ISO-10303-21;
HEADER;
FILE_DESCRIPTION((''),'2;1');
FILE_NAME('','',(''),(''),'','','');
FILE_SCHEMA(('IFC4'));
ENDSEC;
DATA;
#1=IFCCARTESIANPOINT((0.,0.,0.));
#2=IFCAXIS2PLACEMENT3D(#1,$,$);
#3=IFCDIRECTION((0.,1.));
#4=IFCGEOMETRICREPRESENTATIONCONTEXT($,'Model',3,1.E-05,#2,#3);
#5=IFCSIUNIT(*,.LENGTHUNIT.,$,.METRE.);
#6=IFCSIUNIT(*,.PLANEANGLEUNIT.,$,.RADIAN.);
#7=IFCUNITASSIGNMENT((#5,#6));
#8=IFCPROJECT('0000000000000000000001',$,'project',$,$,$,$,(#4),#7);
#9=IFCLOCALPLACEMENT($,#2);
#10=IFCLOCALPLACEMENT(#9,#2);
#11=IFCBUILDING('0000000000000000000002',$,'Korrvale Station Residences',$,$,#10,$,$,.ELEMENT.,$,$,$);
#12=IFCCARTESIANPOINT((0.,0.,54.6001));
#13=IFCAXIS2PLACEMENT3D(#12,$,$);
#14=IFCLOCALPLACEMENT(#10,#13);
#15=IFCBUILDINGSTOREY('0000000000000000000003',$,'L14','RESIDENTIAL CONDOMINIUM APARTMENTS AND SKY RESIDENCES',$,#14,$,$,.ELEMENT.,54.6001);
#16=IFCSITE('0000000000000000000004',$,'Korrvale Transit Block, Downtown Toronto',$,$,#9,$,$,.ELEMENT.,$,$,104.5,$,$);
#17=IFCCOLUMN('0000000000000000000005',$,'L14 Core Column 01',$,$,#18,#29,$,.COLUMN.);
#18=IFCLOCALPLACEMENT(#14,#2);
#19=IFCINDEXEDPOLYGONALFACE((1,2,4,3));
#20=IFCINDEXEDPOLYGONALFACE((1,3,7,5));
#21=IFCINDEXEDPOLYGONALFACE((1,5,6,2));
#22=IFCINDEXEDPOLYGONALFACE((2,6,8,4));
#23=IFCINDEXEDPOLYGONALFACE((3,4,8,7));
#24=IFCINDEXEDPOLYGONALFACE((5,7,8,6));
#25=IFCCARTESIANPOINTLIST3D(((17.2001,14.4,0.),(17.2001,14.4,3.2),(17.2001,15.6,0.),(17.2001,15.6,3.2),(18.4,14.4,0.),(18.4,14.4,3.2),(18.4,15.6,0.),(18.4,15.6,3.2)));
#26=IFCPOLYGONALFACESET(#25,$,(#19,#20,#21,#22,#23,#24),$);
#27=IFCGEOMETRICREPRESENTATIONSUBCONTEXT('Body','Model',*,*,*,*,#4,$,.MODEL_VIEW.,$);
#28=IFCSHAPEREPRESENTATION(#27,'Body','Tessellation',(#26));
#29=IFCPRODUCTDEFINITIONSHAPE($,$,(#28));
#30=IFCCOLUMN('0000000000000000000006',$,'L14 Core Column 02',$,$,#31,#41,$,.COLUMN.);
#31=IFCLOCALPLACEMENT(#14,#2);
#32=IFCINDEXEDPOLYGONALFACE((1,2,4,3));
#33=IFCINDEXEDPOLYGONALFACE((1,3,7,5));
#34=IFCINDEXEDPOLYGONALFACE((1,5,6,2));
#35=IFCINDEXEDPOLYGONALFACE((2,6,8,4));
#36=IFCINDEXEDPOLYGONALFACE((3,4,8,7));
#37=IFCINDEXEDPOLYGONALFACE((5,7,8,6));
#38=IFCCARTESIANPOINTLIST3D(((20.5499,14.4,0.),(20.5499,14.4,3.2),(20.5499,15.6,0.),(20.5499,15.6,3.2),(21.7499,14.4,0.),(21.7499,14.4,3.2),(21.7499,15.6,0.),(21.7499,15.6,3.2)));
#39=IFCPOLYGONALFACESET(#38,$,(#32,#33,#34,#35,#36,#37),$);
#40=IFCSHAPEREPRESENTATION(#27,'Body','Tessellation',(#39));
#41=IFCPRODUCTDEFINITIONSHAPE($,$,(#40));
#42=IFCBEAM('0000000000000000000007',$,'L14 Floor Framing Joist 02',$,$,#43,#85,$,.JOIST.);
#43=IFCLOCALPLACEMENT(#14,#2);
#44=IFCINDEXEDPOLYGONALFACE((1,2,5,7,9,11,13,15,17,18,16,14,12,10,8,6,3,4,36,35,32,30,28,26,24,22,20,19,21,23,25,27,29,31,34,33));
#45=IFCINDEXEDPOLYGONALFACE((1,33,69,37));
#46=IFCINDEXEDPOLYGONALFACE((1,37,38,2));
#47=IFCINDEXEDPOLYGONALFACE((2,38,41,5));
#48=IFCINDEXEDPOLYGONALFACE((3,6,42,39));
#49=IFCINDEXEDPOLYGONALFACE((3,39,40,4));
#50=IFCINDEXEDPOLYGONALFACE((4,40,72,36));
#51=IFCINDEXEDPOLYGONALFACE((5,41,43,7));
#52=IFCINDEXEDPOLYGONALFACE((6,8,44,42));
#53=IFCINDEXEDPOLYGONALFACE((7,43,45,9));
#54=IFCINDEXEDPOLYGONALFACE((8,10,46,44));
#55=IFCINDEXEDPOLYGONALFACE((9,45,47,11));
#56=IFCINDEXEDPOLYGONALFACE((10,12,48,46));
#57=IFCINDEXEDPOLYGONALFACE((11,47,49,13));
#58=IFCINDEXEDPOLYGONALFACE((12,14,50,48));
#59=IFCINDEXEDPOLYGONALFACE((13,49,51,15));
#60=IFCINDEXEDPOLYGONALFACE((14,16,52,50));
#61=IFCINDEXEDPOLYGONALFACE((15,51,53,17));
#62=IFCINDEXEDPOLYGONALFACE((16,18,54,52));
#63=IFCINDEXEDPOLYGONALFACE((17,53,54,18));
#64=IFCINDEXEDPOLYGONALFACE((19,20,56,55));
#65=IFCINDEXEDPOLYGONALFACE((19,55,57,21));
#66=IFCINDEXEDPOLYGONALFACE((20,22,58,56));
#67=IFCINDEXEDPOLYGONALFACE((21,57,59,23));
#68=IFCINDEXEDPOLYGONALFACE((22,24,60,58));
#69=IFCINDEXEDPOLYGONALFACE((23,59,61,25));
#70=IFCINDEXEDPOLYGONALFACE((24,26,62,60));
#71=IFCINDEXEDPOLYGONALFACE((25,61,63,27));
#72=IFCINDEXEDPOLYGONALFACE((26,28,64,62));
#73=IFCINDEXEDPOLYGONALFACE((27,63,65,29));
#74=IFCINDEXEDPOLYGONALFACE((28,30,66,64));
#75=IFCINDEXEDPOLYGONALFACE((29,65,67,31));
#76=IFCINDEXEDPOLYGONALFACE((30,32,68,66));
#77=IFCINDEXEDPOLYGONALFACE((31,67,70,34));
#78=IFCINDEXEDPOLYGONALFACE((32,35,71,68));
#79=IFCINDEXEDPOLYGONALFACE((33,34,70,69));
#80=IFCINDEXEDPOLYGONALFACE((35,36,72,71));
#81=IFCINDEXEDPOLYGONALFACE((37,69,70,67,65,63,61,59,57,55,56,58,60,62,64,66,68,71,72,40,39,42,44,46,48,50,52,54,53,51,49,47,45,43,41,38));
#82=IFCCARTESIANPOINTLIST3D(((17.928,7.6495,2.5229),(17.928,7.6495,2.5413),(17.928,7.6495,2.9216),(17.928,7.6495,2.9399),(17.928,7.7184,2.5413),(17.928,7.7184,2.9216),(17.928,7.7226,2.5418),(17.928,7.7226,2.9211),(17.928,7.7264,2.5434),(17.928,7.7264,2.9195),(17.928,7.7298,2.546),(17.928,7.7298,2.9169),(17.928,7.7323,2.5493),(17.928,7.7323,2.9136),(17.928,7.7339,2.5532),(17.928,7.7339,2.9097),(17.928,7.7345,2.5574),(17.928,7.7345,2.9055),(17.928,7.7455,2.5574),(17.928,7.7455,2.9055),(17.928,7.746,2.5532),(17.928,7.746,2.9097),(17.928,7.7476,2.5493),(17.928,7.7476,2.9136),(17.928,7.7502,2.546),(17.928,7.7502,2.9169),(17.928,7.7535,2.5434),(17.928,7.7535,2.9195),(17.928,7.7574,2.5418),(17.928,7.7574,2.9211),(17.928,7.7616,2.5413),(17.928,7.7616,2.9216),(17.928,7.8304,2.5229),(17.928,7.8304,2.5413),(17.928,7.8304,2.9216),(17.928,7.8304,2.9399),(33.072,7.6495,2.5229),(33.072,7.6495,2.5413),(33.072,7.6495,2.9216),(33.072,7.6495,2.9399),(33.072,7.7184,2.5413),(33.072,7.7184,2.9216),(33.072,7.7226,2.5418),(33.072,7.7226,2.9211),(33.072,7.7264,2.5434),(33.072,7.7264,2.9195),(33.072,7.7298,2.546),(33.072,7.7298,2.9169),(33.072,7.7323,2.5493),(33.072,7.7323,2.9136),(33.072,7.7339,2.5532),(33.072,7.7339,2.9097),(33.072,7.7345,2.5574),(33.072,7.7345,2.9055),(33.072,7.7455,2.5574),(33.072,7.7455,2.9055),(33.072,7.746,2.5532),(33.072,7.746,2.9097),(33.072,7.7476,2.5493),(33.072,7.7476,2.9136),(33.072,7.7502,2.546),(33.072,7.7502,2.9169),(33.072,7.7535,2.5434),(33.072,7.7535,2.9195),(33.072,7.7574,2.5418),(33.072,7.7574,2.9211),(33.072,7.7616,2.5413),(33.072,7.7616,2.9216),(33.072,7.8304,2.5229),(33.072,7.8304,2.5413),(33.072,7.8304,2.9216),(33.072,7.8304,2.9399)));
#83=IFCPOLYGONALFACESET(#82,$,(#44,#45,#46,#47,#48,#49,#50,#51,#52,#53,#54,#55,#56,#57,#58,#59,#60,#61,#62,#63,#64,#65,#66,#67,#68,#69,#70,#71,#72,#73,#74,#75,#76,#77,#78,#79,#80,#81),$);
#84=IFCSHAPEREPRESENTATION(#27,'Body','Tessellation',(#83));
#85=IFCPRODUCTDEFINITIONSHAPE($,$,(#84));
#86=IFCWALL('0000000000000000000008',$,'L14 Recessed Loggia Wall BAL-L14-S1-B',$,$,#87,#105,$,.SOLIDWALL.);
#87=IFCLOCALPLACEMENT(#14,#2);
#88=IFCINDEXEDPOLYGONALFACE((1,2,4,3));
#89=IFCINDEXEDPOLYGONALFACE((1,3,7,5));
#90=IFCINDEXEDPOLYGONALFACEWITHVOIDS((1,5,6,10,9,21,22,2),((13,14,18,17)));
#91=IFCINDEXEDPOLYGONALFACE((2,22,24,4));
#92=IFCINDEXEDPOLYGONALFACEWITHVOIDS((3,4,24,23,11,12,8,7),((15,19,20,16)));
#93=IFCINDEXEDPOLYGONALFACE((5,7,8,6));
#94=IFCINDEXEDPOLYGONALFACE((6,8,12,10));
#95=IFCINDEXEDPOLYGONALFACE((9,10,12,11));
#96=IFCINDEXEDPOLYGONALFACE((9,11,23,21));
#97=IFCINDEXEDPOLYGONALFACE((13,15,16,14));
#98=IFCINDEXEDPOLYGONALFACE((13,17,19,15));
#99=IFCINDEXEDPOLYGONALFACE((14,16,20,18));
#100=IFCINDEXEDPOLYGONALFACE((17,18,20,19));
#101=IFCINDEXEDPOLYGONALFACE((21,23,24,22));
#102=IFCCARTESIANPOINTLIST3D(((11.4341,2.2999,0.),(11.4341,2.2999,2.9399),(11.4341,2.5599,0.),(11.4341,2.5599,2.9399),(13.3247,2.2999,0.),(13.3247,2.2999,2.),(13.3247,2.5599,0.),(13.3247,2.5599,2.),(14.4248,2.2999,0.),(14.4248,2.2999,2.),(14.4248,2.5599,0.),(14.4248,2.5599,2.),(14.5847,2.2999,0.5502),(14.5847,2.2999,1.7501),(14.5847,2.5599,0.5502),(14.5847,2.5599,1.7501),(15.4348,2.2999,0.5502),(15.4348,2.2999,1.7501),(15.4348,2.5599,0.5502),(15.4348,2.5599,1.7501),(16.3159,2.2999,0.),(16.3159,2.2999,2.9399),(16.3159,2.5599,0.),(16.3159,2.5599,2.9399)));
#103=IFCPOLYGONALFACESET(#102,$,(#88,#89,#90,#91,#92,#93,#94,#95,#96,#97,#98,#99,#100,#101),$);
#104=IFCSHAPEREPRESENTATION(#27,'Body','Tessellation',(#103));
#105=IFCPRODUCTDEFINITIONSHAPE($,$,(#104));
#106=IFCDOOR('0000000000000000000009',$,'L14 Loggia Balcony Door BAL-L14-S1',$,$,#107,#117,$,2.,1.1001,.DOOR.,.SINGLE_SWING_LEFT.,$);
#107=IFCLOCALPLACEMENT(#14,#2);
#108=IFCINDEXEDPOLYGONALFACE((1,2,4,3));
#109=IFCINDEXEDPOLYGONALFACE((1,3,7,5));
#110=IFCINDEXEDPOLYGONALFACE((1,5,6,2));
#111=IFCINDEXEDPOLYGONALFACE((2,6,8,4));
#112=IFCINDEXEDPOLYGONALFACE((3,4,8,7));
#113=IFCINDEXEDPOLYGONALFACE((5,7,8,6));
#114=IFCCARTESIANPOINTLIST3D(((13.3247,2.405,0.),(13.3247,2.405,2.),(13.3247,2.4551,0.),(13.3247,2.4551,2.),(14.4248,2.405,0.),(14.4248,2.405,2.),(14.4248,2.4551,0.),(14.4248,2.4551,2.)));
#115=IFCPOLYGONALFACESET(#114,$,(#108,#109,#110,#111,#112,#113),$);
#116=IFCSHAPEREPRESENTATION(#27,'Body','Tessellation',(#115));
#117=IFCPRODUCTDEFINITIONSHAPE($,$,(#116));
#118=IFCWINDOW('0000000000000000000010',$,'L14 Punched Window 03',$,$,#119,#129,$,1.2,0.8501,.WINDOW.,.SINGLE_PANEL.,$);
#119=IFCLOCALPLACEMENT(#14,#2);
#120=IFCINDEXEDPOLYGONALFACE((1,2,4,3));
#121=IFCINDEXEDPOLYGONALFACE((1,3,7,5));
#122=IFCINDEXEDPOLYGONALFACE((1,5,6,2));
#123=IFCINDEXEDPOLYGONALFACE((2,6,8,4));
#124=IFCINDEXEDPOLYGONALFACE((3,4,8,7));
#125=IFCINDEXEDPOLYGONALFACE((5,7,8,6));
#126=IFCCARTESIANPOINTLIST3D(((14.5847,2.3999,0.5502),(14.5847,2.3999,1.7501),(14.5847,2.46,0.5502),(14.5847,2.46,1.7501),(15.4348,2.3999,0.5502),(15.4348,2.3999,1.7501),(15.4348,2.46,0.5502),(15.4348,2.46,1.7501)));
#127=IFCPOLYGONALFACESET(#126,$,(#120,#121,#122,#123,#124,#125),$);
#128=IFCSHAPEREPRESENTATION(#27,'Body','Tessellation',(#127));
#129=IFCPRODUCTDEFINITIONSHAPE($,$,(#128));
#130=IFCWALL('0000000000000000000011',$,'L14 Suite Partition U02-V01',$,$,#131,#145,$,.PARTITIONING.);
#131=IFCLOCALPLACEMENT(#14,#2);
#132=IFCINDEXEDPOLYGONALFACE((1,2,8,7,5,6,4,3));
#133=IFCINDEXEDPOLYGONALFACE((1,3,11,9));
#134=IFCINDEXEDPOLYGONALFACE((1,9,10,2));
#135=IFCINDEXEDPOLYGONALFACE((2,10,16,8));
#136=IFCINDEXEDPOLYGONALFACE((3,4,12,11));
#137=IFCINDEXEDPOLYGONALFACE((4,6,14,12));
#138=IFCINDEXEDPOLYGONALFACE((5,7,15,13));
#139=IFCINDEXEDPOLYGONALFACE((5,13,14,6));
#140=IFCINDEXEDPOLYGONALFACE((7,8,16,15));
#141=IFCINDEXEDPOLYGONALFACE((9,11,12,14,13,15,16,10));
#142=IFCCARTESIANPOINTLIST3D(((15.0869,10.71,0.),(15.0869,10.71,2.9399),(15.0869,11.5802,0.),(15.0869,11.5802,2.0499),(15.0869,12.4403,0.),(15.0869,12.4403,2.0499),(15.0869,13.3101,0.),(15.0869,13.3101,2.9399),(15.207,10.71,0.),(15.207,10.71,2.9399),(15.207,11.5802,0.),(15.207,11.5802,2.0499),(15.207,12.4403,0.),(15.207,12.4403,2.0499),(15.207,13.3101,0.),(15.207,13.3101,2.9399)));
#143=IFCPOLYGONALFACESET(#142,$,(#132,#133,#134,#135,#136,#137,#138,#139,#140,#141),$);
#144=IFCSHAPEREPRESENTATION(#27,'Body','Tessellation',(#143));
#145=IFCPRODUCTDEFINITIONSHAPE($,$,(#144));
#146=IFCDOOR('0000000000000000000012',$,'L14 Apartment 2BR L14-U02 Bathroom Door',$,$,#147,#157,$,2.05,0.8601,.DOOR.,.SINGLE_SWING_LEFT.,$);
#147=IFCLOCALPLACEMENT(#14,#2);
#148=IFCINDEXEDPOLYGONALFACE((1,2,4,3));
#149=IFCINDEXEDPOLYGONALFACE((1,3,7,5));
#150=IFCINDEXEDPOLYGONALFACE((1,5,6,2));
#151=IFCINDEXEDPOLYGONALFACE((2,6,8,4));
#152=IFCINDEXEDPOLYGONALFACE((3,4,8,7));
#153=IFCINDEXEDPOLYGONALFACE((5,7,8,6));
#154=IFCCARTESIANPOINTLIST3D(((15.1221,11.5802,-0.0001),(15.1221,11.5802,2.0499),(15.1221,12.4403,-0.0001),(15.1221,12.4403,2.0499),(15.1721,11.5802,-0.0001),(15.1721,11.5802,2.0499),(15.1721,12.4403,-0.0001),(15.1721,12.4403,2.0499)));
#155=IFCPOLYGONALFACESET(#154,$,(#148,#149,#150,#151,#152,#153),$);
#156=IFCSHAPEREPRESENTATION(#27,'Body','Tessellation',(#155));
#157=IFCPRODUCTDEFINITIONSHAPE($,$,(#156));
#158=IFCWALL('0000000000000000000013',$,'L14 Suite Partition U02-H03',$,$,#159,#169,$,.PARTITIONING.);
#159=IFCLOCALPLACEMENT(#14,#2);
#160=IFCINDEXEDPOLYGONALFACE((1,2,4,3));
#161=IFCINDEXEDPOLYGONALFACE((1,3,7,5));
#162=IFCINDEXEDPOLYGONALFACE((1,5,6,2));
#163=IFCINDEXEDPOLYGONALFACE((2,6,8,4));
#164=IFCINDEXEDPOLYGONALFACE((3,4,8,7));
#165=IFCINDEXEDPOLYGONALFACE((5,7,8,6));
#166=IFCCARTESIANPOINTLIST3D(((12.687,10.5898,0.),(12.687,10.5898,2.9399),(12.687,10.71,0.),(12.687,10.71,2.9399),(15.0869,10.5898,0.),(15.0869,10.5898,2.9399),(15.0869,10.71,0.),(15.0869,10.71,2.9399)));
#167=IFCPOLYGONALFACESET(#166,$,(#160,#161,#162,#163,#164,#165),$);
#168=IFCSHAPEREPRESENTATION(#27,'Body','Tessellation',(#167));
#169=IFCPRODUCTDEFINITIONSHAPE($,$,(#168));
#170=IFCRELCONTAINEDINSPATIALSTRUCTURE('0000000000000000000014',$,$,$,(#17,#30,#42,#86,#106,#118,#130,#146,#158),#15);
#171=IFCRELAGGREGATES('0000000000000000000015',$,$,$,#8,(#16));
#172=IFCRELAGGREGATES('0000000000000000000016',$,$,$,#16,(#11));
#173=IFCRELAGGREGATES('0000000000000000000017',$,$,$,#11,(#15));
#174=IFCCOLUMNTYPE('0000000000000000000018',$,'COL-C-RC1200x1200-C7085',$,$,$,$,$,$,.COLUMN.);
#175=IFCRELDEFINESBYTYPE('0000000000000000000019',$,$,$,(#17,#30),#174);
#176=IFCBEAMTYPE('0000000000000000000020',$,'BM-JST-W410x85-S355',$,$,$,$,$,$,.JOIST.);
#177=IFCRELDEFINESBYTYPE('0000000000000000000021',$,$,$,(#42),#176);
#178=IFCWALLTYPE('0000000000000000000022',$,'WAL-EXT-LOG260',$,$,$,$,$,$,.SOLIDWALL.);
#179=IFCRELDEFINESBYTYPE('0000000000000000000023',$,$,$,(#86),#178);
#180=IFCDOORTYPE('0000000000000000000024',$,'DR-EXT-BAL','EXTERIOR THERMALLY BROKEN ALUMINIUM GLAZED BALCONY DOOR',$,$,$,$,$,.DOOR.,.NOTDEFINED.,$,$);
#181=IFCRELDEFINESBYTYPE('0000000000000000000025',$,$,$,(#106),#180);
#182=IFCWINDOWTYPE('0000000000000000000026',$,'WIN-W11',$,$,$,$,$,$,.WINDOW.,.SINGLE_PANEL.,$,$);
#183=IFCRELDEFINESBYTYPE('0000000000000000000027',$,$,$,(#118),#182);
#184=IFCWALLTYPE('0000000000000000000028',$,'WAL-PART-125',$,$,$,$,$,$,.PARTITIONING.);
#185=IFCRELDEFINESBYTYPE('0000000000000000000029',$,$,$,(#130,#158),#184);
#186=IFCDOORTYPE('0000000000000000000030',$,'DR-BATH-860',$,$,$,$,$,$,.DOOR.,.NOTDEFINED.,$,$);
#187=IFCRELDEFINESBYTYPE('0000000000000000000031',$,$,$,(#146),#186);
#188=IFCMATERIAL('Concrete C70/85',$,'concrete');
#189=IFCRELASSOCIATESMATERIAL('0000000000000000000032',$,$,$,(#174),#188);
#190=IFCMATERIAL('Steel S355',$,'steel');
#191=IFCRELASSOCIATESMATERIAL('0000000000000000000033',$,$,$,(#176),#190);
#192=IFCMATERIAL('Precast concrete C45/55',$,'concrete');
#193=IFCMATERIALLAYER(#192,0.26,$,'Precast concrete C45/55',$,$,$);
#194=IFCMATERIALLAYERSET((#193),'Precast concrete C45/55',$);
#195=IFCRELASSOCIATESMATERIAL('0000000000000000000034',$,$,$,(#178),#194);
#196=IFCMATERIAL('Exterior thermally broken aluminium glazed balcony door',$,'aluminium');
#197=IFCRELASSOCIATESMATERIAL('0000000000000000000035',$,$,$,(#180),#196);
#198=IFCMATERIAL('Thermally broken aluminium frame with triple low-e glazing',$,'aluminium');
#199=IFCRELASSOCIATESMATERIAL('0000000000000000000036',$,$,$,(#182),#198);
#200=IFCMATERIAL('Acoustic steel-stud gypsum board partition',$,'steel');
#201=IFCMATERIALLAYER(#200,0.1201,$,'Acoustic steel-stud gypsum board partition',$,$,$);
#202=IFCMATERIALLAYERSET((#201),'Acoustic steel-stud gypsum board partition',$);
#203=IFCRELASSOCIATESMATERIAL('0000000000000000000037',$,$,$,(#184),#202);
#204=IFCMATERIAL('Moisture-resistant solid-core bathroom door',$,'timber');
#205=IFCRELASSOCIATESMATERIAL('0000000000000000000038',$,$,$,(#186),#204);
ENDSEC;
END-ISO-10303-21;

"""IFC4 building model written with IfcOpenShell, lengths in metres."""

from ifc_helpers import new_model, si_unit, direction, frame, frame_2d, origin, origin_2d, place, context, subcontext, project, spatial, rectangle, i_section, extrude, material, layer, layer_set, material_profile, profile_set, type_object, element, fill, save


model = new_model("IFC4")

# Units and contexts
model_context = context("Model", 3, precision=1e-05, world=origin(), true_north=direction((0.0, 1.0)))
body_context = subcontext(model_context, "Body", "Model", "MODEL_VIEW")
ifc_project = project(units=[si_unit("LENGTHUNIT", "METRE"), si_unit("PLANEANGLEUNIT", "RADIAN")], contexts=[model_context])

# Site, building, storey
site_placement = place(None, origin())
site = spatial("IfcSite", under=ifc_project, at=site_placement, Name="Korrvale Transit Block, Downtown Toronto", CompositionType="ELEMENT", RefElevation=104.5)
building_placement = place(site_placement, origin())
building = spatial("IfcBuilding", under=site, at=building_placement, Name="Korrvale Station Residences", CompositionType="ELEMENT")
storey_placement = place(building_placement, frame((0.0, 0.0, 54.6001)))
storey = spatial("IfcBuildingStorey", under=building, at=storey_placement, Name="L14", Description="RESIDENTIAL CONDOMINIUM APARTMENTS AND SKY RESIDENCES", CompositionType="ELEMENT", Elevation=54.6001)

# Columns
ifc_material_1 = material(Name="Concrete C70/85", Category="concrete")
ifc_material_profile_1 = material_profile(ifc_material_1, rectangle(XDim=1.2, YDim=1.2, at=origin_2d()), Name="RC1200x1200")
ifc_profile_set_1 = profile_set([ifc_material_profile_1], Name="Concrete C70/85")
column_type = type_object("IfcColumnType", Name="COL-C-RC1200x1200-C7085", PredefinedType="COLUMN", material=ifc_profile_set_1)
for number, where, z_axis, x_axis, name in (
    (1, (17.8, 15.0, 0.0), (0.0, 0.0, 1.0), (1.0, 0.0, 0.0), "L14 Core Column 01"),
    (2, (21.1499, 15.0, 0.0), (0.0, 0.0, 1.0), (1.0, 0.0, 0.0), "L14 Core Column 02"),
):
    element("IfcColumn", number, at=place(storey_placement, frame(where, z_axis=z_axis, x_axis=x_axis)), inside=storey, type_object=column_type, Name=name, PredefinedType="COLUMN", context=body_context, shape_type="SweptSolid", body=[
        extrude(rectangle(XDim=1.2, YDim=1.2, at=origin_2d()), origin(), (0.0, 0.0, 1.0), 3.2),
    ])

# Beam
ifc_material_2 = material(Name="Steel S355", Category="steel")
ifc_material_profile_2 = material_profile(ifc_material_2, i_section(OverallWidth=0.1809, OverallDepth=0.417, WebThickness=0.011, FlangeThickness=0.0183, FilletRadius=0.0161, at=origin_2d()), Name="W410x85")
ifc_profile_set_2 = profile_set([ifc_material_profile_2], Name="Steel S355")
beam_type = type_object("IfcBeamType", Name="BM-JST-W410x85-S355", PredefinedType="JOIST", material=ifc_profile_set_2)
beam_placement = place(storey_placement, frame((17.928, 7.74, 2.7314), z_axis=(1.0, 0.0, 0.0), x_axis=(0.0, 1.0, 0.0)))
element("IfcBeam", 3, at=beam_placement, inside=storey, type_object=beam_type, Name="L14 Floor Framing Joist 02", PredefinedType="JOIST", context=body_context, shape_type="SweptSolid", body=[
    extrude(i_section(OverallWidth=0.1809, OverallDepth=0.417, WebThickness=0.011, FlangeThickness=0.0183, FilletRadius=0.0161, at=origin_2d()), origin(), (0.0, 0.0, 1.0), 15.144),
])

# Wall, openings, door, window
ifc_material_3 = material(Name="Precast concrete C45/55", Category="concrete")
ifc_layer_1 = layer(ifc_material_3, 0.26, Name="Precast concrete C45/55")
ifc_layer_set_1 = layer_set([ifc_layer_1], Name="Precast concrete C45/55")
wall_type_1 = type_object("IfcWallType", Name="WAL-EXT-LOG260", PredefinedType="SOLIDWALL", material=ifc_layer_set_1)
wall_1_placement = place(storey_placement, frame((16.3159, 2.4299, 0.0), z_axis=(0.0, 0.0, 1.0), x_axis=(-1.0, 0.0, 0.0)))
wall_1 = element("IfcWall", 4, at=wall_1_placement, inside=storey, type_object=wall_type_1, Name="L14 Recessed Loggia Wall BAL-L14-S1-B", PredefinedType="SOLIDWALL", context=body_context, shape_type="SweptSolid", body=[
    extrude(rectangle(XDim=4.8818, YDim=0.26, at=frame_2d((2.4409, 0.0))), origin(), (0.0, 0.0, 1.0), 2.9399),
])
opening_1_placement = place(wall_1_placement, frame((1.8911, 0.0, 0.0)))
opening_1 = element("IfcOpeningElement", 5, at=opening_1_placement, cuts=wall_1, PredefinedType="OPENING", context=body_context, shape_type="SweptSolid", body=[
    extrude(rectangle(XDim=1.1001, YDim=2.0, at=frame_2d((0.55, 1.0))), frame((0.0, 0.1401, 0.0), z_axis=(0.0, -1.0, 0.0), x_axis=(1.0, 0.0, 0.0)), (0.0, 0.0, 1.0), 0.28),
])
opening_2_placement = place(wall_1_placement, frame((0.8811, 0.0, 0.55)))
opening_2 = element("IfcOpeningElement", 6, at=opening_2_placement, cuts=wall_1, PredefinedType="OPENING", context=body_context, shape_type="SweptSolid", body=[
    extrude(rectangle(XDim=0.8501, YDim=1.2, at=frame_2d((0.425, 0.6001))), frame((0.0, 0.1401, 0.0), z_axis=(0.0, -1.0, 0.0), x_axis=(1.0, 0.0, 0.0)), (0.0, 0.0, 1.0), 0.28),
])
ifc_material_4 = material(Name="Exterior thermally broken aluminium glazed balcony door", Category="aluminium")
door_type_1 = type_object("IfcDoorType", Name="DR-EXT-BAL", Description="EXTERIOR THERMALLY BROKEN ALUMINIUM GLAZED BALCONY DOOR", OperationType="NOTDEFINED", PredefinedType="DOOR", material=ifc_material_4)
door_1_placement = place(opening_1_placement, origin())
door_1 = element("IfcDoor", 7, at=door_1_placement, inside=storey, type_object=door_type_1, Name="L14 Loggia Balcony Door BAL-L14-S1", OperationType="SINGLE_SWING_LEFT", OverallHeight=2.0, OverallWidth=1.1001, PredefinedType="DOOR", context=body_context, shape_type="SweptSolid", body=[
    extrude(rectangle(XDim=1.1001, YDim=2.0, at=frame_2d((0.55, 1.0))), frame((0.0, 0.0249, 0.0), z_axis=(0.0, -1.0, 0.0), x_axis=(1.0, 0.0, 0.0)), (0.0, 0.0, 1.0), 0.05),
])
fill(opening_1, door_1)
ifc_material_5 = material(Name="Thermally broken aluminium frame with triple low-e glazing", Category="aluminium")
window_type = type_object("IfcWindowType", Name="WIN-W11", PartitioningType="SINGLE_PANEL", PredefinedType="WINDOW", material=ifc_material_5)
window_placement = place(opening_2_placement, origin())
window = element("IfcWindow", 8, at=window_placement, inside=storey, type_object=window_type, Name="L14 Punched Window 03", OverallHeight=1.2, OverallWidth=0.8501, PartitioningType="SINGLE_PANEL", PredefinedType="WINDOW", context=body_context, shape_type="SweptSolid", body=[
    extrude(rectangle(XDim=0.8501, YDim=1.2, at=frame_2d((0.425, 0.6001))), frame((0.0, 0.03, 0.0), z_axis=(0.0, -1.0, 0.0), x_axis=(1.0, 0.0, 0.0)), (0.0, 0.0, 1.0), 0.0601),
])
fill(opening_2, window)

# Wall, opening, door
ifc_material_6 = material(Name="Acoustic steel-stud gypsum board partition", Category="steel")
ifc_layer_2 = layer(ifc_material_6, 0.1201, Name="Acoustic steel-stud gypsum board partition")
ifc_layer_set_2 = layer_set([ifc_layer_2], Name="Acoustic steel-stud gypsum board partition")
wall_type_2 = type_object("IfcWallType", Name="WAL-PART-125", PredefinedType="PARTITIONING", material=ifc_layer_set_2)
wall_2_placement = place(storey_placement, frame((15.147, 10.71, 0.0), z_axis=(0.0, 0.0, 1.0), x_axis=(0.0, 1.0, 0.0)))
wall_2 = element("IfcWall", 9, at=wall_2_placement, inside=storey, type_object=wall_type_2, Name="L14 Suite Partition U02-V01", PredefinedType="PARTITIONING", context=body_context, shape_type="SweptSolid", body=[
    extrude(rectangle(XDim=2.6001, YDim=0.1201, at=frame_2d((1.3, 0.0))), origin(), (0.0, 0.0, 1.0), 2.9399),
])
opening_3_placement = place(wall_2_placement, frame((0.8701, 0.0, 0.0)))
opening_3 = element("IfcOpeningElement", 10, at=opening_3_placement, cuts=wall_2, PredefinedType="OPENING", context=body_context, shape_type="SweptSolid", body=[
    extrude(rectangle(XDim=0.8601, YDim=2.05, at=frame_2d((0.4302, 1.0249))), frame((0.0, 0.0701, 0.0), z_axis=(0.0, -1.0, 0.0), x_axis=(1.0, 0.0, 0.0)), (0.0, 0.0, 1.0), 0.1401),
])
ifc_material_7 = material(Name="Moisture-resistant solid-core bathroom door", Category="timber")
door_type_2 = type_object("IfcDoorType", Name="DR-BATH-860", OperationType="NOTDEFINED", PredefinedType="DOOR", material=ifc_material_7)
door_2_placement = place(opening_3_placement, origin())
door_2 = element("IfcDoor", 11, at=door_2_placement, inside=storey, type_object=door_type_2, Name="L14 Apartment 2BR L14-U02 Bathroom Door", OperationType="SINGLE_SWING_LEFT", OverallHeight=2.05, OverallWidth=0.8601, PredefinedType="DOOR", context=body_context, shape_type="SweptSolid", body=[
    extrude(rectangle(XDim=0.8601, YDim=2.05, at=frame_2d((0.4302, 1.0249))), frame((0.0, 0.0249, 0.0), z_axis=(0.0, -1.0, 0.0), x_axis=(1.0, 0.0, 0.0)), (0.0, 0.0, 1.0), 0.05),
])
fill(opening_3, door_2)

# Wall
wall_3_placement = place(storey_placement, frame((12.687, 10.6499, 0.0), z_axis=(0.0, 0.0, 1.0), x_axis=(1.0, 0.0, 0.0)))
element("IfcWall", 12, at=wall_3_placement, inside=storey, type_object=wall_type_2, Name="L14 Suite Partition U02-H03", PredefinedType="PARTITIONING", context=body_context, shape_type="SweptSolid", body=[
    extrude(rectangle(XDim=2.3999, YDim=0.1201, at=frame_2d((1.2, 0.0))), origin(), (0.0, 0.0, 1.0), 2.9399),
])

save(model, "model.ifc")
